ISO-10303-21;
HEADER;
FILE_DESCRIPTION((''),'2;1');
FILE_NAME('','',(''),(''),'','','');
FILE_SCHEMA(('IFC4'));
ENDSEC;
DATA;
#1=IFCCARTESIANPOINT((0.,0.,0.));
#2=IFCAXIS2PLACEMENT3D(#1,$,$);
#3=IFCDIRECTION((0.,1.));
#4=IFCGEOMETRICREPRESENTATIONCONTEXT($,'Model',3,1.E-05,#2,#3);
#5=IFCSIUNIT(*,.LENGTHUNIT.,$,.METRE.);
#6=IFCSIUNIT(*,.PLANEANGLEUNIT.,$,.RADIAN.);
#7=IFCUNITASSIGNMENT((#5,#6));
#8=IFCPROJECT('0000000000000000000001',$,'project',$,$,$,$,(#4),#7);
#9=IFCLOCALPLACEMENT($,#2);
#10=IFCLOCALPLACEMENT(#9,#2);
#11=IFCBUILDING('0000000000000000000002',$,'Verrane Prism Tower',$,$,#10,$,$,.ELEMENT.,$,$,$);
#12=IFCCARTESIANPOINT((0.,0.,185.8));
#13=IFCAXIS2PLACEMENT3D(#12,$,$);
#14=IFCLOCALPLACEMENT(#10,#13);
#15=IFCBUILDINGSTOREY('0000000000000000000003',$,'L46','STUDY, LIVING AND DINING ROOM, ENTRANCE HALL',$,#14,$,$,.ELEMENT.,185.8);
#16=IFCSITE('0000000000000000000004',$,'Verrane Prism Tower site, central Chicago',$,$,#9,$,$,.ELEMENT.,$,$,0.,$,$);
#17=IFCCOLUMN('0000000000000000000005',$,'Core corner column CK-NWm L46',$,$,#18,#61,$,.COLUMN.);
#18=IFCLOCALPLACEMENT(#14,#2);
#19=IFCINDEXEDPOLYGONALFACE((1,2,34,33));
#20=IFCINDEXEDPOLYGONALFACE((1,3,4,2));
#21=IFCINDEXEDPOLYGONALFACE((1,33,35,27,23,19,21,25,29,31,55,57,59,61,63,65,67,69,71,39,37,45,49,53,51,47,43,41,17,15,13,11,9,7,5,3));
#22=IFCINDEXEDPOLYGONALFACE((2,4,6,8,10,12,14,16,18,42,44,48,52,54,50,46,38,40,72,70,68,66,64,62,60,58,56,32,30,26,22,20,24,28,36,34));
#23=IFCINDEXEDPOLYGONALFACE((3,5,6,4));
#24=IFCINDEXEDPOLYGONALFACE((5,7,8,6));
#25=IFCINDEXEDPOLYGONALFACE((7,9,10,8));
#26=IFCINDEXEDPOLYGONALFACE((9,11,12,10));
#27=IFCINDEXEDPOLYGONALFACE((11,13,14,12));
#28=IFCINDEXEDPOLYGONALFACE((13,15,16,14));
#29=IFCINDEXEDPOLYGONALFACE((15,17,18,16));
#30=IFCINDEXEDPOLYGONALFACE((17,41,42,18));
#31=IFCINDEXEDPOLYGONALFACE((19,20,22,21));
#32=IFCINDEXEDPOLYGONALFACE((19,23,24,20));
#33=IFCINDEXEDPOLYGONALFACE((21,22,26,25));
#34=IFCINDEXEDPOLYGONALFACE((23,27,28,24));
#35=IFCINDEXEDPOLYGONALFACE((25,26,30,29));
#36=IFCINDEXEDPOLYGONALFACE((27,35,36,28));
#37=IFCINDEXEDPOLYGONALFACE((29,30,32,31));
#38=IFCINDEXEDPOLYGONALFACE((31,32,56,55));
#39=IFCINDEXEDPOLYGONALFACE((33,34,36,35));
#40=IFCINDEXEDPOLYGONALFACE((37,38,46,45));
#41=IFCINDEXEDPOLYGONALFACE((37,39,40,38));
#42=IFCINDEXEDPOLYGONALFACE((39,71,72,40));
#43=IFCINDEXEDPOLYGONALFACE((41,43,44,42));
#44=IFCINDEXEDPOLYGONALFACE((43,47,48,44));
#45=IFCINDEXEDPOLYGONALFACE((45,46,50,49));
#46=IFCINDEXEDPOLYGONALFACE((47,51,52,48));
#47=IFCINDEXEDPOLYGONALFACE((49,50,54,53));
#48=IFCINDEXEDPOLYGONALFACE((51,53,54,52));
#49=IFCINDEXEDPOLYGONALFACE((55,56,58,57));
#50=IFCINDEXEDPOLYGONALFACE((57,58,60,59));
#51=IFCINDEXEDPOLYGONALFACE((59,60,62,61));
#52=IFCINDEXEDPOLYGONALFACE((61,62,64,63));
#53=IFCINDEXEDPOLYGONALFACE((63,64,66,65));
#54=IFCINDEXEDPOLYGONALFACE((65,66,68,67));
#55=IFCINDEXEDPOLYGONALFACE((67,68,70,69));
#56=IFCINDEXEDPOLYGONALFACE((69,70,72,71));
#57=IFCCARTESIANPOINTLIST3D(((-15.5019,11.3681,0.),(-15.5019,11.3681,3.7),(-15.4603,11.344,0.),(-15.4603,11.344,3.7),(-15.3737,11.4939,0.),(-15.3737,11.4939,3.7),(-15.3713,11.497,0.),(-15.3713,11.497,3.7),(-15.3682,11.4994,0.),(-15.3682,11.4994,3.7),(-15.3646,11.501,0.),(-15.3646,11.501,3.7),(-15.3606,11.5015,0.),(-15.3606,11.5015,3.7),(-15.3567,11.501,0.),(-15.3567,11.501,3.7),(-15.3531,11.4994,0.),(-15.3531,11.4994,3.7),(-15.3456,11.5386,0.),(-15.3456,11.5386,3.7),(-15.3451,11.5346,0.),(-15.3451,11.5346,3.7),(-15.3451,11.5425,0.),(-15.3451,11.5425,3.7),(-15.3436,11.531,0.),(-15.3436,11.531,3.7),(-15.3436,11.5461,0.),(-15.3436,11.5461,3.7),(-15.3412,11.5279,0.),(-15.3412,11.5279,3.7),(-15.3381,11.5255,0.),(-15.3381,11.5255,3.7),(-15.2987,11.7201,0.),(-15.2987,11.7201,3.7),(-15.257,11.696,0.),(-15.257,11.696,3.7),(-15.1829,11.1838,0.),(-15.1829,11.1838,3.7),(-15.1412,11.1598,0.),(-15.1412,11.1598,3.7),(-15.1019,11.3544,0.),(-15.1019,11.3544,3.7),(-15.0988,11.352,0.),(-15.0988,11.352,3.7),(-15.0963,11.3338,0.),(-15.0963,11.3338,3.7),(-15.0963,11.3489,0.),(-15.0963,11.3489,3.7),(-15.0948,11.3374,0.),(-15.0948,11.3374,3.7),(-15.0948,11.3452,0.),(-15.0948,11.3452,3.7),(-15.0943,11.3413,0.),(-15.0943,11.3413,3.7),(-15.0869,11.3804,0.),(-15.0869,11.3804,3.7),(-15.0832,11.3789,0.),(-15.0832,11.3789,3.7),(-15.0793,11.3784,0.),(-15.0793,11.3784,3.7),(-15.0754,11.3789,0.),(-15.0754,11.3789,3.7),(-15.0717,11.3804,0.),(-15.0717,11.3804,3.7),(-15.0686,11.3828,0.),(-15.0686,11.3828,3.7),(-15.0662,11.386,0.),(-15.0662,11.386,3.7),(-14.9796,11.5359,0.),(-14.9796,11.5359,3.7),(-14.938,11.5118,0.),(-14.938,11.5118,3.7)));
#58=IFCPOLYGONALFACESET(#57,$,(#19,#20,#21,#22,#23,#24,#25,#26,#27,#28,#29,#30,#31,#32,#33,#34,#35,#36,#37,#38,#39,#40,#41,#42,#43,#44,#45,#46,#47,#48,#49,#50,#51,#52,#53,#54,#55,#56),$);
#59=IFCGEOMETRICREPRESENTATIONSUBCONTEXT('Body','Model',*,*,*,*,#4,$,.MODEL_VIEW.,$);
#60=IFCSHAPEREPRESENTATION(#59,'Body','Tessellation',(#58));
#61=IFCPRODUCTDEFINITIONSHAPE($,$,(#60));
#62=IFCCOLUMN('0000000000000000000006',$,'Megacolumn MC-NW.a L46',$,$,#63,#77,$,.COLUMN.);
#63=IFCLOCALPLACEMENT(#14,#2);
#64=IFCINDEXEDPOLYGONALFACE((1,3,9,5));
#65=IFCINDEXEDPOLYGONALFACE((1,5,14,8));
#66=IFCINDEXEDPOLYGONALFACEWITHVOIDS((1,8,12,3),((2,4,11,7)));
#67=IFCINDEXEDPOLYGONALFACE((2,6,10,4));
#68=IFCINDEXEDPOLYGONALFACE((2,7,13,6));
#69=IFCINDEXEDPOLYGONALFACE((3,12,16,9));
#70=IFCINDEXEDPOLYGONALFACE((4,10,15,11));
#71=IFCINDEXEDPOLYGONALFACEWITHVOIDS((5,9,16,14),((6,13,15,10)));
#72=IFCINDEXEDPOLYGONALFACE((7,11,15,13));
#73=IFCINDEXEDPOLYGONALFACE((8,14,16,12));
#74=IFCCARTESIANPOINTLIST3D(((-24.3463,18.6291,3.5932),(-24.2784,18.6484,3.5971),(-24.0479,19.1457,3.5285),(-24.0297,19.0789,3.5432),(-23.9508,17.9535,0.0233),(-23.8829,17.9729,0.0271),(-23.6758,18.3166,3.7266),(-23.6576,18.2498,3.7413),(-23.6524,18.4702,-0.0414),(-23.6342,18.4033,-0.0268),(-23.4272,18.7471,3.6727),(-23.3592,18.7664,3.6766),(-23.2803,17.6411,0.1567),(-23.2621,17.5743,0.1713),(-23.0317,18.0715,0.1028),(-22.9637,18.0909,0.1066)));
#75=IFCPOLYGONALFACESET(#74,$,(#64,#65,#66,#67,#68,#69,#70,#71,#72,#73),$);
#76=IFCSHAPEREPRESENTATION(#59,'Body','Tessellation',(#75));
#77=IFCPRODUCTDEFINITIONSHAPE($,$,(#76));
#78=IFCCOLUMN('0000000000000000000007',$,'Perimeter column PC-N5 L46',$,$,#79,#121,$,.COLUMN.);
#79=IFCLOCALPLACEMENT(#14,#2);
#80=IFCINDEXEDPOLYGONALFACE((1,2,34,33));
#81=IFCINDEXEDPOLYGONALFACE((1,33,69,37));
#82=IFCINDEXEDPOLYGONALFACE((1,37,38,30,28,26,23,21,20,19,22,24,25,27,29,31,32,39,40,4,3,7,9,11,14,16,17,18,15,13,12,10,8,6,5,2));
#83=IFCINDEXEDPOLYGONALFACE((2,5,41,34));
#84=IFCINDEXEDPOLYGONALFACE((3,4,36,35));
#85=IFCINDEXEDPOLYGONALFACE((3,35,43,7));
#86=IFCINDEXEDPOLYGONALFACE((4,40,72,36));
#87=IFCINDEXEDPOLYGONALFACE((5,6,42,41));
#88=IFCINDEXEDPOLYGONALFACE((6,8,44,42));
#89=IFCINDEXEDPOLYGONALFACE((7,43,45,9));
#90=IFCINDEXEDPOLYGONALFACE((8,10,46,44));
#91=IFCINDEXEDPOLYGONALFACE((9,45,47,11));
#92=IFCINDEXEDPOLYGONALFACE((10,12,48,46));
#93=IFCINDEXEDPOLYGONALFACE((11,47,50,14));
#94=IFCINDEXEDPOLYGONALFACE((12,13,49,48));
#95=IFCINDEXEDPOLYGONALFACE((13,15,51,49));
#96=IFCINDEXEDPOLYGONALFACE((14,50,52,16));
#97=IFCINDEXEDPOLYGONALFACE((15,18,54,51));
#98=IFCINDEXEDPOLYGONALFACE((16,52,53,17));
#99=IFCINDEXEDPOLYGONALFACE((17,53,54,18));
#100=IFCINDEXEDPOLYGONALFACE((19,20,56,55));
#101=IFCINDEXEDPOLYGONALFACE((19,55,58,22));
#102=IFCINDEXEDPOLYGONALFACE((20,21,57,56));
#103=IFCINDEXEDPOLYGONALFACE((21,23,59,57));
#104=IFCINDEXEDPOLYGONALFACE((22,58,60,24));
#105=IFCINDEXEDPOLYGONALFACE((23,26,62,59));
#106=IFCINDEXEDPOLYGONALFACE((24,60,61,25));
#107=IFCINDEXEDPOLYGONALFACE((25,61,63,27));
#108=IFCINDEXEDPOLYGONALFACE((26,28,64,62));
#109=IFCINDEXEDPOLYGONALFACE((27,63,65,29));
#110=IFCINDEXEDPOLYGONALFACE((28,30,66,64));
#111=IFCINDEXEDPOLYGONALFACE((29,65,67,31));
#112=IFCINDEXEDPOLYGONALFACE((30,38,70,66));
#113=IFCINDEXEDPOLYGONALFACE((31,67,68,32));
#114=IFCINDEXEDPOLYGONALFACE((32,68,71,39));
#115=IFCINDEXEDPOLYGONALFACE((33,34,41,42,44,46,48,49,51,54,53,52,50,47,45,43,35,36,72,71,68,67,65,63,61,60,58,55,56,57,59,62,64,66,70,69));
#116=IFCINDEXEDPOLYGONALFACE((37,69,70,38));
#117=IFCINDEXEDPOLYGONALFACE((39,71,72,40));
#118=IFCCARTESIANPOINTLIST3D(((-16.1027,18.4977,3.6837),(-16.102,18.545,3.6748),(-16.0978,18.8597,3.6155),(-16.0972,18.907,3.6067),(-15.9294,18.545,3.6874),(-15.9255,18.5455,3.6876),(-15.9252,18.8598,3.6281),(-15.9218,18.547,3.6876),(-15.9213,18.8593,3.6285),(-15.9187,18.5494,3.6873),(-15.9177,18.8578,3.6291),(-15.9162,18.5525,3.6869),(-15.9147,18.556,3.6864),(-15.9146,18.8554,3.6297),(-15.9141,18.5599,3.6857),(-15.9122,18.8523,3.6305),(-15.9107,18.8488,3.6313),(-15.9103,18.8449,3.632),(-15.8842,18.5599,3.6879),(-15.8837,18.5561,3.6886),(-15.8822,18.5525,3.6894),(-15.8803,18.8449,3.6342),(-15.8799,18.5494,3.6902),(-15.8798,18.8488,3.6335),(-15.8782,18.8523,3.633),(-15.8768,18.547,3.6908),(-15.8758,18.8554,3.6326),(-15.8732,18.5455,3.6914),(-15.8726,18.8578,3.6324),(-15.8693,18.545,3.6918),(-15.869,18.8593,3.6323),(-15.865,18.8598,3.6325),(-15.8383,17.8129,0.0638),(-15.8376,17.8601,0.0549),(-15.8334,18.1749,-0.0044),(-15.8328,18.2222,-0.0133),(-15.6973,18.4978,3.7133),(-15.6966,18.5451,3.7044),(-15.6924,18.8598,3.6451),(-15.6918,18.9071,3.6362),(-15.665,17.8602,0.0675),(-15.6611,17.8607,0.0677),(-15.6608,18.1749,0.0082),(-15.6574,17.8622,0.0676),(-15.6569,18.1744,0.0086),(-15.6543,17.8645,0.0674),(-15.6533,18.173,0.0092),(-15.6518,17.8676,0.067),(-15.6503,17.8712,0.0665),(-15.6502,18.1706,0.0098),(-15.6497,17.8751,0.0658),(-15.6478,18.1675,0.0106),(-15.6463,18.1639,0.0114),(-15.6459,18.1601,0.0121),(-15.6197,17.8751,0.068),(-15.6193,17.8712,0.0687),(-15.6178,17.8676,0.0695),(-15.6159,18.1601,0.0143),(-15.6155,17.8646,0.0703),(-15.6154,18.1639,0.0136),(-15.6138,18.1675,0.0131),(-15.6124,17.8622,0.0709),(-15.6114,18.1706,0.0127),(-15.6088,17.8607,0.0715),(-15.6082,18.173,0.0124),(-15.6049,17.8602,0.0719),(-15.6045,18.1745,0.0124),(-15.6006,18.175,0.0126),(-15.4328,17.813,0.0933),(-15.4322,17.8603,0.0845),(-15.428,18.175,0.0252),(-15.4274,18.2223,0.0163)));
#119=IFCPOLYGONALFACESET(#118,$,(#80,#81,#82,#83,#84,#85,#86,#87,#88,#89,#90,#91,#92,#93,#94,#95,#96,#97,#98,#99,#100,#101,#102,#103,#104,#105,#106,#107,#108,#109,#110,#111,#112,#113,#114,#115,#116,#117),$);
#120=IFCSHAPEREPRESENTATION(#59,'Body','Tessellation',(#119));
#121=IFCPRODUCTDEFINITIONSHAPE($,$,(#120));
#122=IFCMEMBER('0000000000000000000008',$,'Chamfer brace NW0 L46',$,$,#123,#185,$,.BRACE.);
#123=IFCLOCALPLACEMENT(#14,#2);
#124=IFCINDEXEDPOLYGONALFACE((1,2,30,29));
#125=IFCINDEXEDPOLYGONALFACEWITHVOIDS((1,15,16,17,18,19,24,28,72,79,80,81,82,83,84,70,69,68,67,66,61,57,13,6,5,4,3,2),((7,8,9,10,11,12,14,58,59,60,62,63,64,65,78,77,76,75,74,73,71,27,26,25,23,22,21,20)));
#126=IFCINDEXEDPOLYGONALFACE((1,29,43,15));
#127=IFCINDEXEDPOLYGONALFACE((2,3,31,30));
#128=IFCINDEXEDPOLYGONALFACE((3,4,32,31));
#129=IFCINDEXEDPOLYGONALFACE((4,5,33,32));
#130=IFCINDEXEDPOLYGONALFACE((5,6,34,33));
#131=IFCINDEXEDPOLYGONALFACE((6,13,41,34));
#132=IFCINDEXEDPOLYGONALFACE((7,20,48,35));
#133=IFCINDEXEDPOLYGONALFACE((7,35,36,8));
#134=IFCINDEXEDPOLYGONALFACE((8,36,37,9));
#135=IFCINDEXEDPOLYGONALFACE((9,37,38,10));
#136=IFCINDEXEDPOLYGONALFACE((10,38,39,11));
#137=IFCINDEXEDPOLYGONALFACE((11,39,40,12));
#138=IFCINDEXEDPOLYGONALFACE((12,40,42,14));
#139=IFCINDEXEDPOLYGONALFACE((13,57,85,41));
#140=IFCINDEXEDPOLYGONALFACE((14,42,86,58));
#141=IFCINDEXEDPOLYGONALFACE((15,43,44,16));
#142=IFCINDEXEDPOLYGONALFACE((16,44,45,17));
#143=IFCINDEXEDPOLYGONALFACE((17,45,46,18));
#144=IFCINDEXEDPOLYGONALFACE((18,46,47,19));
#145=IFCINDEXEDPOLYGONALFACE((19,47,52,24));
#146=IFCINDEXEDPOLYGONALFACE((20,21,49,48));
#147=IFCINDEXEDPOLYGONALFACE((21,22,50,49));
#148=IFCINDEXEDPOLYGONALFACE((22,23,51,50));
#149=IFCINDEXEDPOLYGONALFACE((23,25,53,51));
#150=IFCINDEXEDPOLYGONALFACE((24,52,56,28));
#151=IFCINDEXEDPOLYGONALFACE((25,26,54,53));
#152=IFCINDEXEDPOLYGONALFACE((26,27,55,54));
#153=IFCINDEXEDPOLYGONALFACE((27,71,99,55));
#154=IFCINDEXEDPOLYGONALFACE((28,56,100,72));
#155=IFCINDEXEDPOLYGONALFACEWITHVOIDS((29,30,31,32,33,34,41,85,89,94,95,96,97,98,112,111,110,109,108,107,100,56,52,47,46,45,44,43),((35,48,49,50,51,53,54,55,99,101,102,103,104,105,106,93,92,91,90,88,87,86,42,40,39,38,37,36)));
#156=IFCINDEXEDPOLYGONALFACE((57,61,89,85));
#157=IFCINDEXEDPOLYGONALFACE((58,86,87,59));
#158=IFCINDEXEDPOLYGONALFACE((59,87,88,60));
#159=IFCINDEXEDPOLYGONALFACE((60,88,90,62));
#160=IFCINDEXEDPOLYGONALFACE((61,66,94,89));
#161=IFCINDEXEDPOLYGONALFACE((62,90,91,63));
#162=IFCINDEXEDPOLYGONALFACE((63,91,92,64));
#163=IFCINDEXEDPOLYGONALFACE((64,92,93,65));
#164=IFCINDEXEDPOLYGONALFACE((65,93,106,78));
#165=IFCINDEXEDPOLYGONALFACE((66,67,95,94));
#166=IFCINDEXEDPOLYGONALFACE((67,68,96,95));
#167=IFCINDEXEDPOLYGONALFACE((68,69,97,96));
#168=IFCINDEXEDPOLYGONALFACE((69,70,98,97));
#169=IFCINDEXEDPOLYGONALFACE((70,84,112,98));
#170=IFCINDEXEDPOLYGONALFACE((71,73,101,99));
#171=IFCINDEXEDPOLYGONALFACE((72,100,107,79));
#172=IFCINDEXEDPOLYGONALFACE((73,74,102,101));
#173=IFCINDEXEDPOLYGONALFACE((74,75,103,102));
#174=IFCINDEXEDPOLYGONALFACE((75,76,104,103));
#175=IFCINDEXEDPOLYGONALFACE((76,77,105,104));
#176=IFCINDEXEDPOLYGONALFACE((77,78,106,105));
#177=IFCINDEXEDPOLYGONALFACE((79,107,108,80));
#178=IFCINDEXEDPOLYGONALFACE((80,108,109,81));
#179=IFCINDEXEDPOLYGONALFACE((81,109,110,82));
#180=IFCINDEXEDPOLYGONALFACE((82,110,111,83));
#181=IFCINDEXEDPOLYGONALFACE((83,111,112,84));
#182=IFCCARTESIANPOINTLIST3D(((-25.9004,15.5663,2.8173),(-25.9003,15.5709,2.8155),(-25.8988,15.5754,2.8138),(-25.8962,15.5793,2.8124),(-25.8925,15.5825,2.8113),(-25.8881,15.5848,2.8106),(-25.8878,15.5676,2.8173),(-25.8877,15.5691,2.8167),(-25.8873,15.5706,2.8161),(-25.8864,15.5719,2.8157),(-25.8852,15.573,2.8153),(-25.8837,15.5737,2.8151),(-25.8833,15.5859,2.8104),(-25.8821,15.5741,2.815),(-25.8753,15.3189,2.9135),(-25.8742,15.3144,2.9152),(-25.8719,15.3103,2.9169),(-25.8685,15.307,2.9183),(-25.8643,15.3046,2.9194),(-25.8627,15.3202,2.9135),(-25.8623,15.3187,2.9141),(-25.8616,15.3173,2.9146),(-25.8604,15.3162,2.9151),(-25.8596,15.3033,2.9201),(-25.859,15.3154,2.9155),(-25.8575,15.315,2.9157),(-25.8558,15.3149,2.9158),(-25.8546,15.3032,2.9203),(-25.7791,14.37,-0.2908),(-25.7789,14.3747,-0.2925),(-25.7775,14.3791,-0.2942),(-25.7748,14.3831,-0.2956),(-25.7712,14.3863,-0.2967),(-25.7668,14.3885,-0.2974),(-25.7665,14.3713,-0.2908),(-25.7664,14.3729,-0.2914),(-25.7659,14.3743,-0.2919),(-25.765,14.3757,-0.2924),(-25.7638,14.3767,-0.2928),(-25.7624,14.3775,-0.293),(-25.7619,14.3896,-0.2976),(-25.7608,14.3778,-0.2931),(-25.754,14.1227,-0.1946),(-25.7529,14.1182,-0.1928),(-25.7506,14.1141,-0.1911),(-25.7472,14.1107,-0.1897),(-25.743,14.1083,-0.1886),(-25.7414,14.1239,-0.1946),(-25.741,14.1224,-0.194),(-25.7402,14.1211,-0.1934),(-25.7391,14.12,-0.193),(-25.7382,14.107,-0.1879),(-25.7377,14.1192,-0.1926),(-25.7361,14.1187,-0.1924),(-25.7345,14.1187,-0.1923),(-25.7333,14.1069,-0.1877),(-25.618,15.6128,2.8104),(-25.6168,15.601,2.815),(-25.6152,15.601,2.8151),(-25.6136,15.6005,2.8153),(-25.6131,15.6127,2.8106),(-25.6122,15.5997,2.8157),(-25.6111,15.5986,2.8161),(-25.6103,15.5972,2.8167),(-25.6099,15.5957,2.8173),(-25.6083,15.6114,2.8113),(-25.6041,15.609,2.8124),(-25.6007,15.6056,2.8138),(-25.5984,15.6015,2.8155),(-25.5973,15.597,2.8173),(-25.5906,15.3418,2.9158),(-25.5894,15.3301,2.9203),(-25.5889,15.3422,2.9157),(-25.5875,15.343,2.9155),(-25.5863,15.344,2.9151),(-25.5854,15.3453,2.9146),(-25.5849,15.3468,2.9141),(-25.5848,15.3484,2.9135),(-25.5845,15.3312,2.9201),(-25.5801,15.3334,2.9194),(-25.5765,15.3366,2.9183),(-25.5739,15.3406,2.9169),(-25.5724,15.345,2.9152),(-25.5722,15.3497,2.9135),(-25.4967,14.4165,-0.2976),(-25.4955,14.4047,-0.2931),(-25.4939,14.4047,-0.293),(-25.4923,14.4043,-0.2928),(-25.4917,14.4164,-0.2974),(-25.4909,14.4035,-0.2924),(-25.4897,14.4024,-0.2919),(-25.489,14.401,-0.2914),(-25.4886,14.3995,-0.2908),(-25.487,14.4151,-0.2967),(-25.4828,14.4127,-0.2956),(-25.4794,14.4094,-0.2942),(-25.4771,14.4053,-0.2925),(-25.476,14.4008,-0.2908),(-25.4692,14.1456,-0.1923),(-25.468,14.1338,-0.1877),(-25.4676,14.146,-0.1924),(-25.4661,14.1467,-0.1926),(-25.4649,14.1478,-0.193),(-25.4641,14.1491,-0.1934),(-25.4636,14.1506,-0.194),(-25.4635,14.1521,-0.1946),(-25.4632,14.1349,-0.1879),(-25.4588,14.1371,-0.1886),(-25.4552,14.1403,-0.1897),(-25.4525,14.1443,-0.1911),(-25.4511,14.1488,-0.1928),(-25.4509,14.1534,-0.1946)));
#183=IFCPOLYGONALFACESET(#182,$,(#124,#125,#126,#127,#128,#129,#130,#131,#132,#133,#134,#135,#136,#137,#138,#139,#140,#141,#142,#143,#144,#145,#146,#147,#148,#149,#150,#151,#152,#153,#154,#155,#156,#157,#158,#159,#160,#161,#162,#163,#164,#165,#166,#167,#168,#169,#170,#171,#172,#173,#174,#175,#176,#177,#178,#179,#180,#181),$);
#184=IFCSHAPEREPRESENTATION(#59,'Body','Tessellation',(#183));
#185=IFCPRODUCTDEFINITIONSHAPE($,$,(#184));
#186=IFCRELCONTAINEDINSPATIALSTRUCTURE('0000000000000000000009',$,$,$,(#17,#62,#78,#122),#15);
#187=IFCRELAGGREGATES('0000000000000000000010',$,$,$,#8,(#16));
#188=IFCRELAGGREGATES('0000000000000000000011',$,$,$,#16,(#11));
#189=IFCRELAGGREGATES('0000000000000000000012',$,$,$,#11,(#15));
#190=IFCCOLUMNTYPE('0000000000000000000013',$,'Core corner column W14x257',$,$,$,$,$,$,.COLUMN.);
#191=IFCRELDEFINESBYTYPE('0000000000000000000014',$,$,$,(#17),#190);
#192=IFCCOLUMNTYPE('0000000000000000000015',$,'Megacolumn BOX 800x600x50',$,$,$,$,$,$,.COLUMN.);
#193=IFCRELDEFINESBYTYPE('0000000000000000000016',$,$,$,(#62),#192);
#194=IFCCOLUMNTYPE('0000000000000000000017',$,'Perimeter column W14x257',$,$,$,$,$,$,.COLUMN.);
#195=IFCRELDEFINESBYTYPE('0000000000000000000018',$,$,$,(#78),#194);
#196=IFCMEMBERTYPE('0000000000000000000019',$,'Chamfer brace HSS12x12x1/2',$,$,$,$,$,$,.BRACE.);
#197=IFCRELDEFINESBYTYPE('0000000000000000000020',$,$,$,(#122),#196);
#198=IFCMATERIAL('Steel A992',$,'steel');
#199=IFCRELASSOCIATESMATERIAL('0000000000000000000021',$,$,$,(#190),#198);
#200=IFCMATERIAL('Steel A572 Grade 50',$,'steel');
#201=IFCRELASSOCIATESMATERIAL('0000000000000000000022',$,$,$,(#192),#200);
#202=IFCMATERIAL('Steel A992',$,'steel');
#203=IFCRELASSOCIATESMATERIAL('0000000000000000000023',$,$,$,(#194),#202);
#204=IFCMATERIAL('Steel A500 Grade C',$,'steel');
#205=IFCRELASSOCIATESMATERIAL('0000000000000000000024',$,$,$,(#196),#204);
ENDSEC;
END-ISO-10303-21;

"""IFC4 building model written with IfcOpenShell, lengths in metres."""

from ifc_helpers import new_model, si_unit, direction, frame, origin, origin_2d, place, context, subcontext, project, spatial, hollow_rectangle, i_section, extrude, material, material_profile, profile_set, type_object, element, save


model = new_model("IFC4")

# Units and contexts
model_context = context("Model", 3, precision=1e-05, world=origin(), true_north=direction((0.0, 1.0)))
body_context = subcontext(model_context, "Body", "Model", "MODEL_VIEW")
ifc_project = project(units=[si_unit("LENGTHUNIT", "METRE"), si_unit("PLANEANGLEUNIT", "RADIAN")], contexts=[model_context])

# Site, building, storey
site_placement = place(None, origin())
site = spatial("IfcSite", under=ifc_project, at=site_placement, Name="Verrane Prism Tower site, central Chicago", CompositionType="ELEMENT", RefElevation=0.0)
building_placement = place(site_placement, origin())
building = spatial("IfcBuilding", under=site, at=building_placement, Name="Verrane Prism Tower", CompositionType="ELEMENT")
storey_placement = place(building_placement, frame((0.0, 0.0, 185.8)))
storey = spatial("IfcBuildingStorey", under=building, at=storey_placement, Name="L46", Description="STUDY, LIVING AND DINING ROOM, ENTRANCE HALL", CompositionType="ELEMENT", Elevation=185.8)

# Columns
ifc_material_1 = material(Name="Steel A992", Category="steel")
ifc_material_profile_1 = material_profile(ifc_material_1, i_section(OverallWidth=0.4065, OverallDepth=0.4165, WebThickness=0.03, FlangeThickness=0.0481, FilletRadius=0.0151, at=origin_2d()), Name="W14x257")
ifc_profile_set_1 = profile_set([ifc_material_profile_1], Name="Steel A992")
column_type_1 = type_object("IfcColumnType", Name="Core corner column W14x257", PredefinedType="COLUMN", material=ifc_profile_set_1)
column_1_placement = place(storey_placement, frame((-15.22, 11.4399, 0.0), z_axis=(0.0, 0.0, 1.0), x_axis=(0.5, 0.866025, 0.0)))
element("IfcColumn", 1, at=column_1_placement, inside=storey, type_object=column_type_1, Name="Core corner column CK-NWm L46", PredefinedType="COLUMN", context=body_context, shape_type="SweptSolid", body=[
    extrude(i_section(OverallWidth=0.4065, OverallDepth=0.4165, WebThickness=0.03, FlangeThickness=0.0481, FilletRadius=0.0151, at=origin_2d()), origin(), (0.0, 0.0, 1.0), 3.7),
])
ifc_material_2 = material(Name="Steel A572 Grade 50", Category="steel")
ifc_material_profile_2 = material_profile(ifc_material_2, hollow_rectangle(XDim=0.6001, YDim=0.8, WallThickness=0.05, at=origin_2d()), Name="BOX 800x600x50")
ifc_profile_set_2 = profile_set([ifc_material_profile_2], Name="Steel A572 Grade 50")
column_type_2 = type_object("IfcColumnType", Name="Megacolumn BOX 800x600x50", PredefinedType="COLUMN", material=ifc_profile_set_2)
column_2_placement = place(storey_placement, frame((-23.4573, 18.0222, 0.0649), z_axis=(-0.108214, 0.184831, 0.976794), x_axis=(0.497243, 0.860887, -0.107812)))
element("IfcColumn", 2, at=column_2_placement, inside=storey, type_object=column_type_2, Name="Megacolumn MC-NW.a L46", PredefinedType="COLUMN", context=body_context, shape_type="SweptSolid", body=[
    extrude(hollow_rectangle(XDim=0.6001, YDim=0.8, WallThickness=0.05, at=origin_2d()), origin(), (0.0, 0.0, 1.0), 3.6548),
])
ifc_material_3 = material(Name="Steel A992", Category="steel")
ifc_material_profile_3 = material_profile(ifc_material_3, i_section(OverallWidth=0.4065, OverallDepth=0.4165, WebThickness=0.03, FlangeThickness=0.0481, FilletRadius=0.0151, at=origin_2d()), Name="W14x257")
ifc_profile_set_3 = profile_set([ifc_material_profile_3], Name="Steel A992")
column_type_3 = type_object("IfcColumnType", Name="Perimeter column W14x257", PredefinedType="COLUMN", material=ifc_profile_set_3)
column_3_placement = place(storey_placement, frame((-15.6328, 18.0176, 0.04), z_axis=(-0.071585, 0.185408, 0.980051), x_axis=(0.997348, 0.000333, 0.072786)))
element("IfcColumn", 3, at=column_3_placement, inside=storey, type_object=column_type_3, Name="Perimeter column PC-N5 L46", PredefinedType="COLUMN", context=body_context, shape_type="SweptSolid", body=[
    extrude(i_section(OverallWidth=0.4065, OverallDepth=0.4165, WebThickness=0.03, FlangeThickness=0.0481, FilletRadius=0.0151, at=origin_2d()), origin(), (0.0, 0.0, 1.0), 3.6936),
])

# Member
ifc_material_4 = material(Name="Steel A500 Grade C", Category="steel")
ifc_material_profile_4 = material_profile(ifc_material_4, hollow_rectangle(XDim=0.3047, YDim=0.3047, WallThickness=0.0127, InnerFilletRadius=0.0063, OuterFilletRadius=0.019, at=origin_2d()), Name="HSS12x12x1/2")
ifc_profile_set_4 = profile_set([ifc_material_profile_4], Name="Steel A500 Grade C")
member_type_1 = type_object("IfcMemberType", Name="Chamfer brace HSS12x12x1/2", PredefinedType="BRACE", material=ifc_profile_set_4)
member_1_placement = place(storey_placement, frame((-25.615, 14.2617, -0.2427), z_axis=(-0.036409, 0.358962, 0.932642), x_axis=(-0.994895, -0.100911, 0.0)))
element("IfcMember", 4, at=member_1_placement, inside=storey, type_object=member_type_1, Name="Chamfer brace NW0 L46", PredefinedType="BRACE", context=body_context, shape_type="SweptSolid", body=[
    extrude(hollow_rectangle(XDim=0.3047, YDim=0.3047, WallThickness=0.0127, InnerFilletRadius=0.0063, OuterFilletRadius=0.019, at=origin_2d()), origin(), (0.0, 0.0, 1.0), 3.3325),
])

save(model, "model.ifc")
